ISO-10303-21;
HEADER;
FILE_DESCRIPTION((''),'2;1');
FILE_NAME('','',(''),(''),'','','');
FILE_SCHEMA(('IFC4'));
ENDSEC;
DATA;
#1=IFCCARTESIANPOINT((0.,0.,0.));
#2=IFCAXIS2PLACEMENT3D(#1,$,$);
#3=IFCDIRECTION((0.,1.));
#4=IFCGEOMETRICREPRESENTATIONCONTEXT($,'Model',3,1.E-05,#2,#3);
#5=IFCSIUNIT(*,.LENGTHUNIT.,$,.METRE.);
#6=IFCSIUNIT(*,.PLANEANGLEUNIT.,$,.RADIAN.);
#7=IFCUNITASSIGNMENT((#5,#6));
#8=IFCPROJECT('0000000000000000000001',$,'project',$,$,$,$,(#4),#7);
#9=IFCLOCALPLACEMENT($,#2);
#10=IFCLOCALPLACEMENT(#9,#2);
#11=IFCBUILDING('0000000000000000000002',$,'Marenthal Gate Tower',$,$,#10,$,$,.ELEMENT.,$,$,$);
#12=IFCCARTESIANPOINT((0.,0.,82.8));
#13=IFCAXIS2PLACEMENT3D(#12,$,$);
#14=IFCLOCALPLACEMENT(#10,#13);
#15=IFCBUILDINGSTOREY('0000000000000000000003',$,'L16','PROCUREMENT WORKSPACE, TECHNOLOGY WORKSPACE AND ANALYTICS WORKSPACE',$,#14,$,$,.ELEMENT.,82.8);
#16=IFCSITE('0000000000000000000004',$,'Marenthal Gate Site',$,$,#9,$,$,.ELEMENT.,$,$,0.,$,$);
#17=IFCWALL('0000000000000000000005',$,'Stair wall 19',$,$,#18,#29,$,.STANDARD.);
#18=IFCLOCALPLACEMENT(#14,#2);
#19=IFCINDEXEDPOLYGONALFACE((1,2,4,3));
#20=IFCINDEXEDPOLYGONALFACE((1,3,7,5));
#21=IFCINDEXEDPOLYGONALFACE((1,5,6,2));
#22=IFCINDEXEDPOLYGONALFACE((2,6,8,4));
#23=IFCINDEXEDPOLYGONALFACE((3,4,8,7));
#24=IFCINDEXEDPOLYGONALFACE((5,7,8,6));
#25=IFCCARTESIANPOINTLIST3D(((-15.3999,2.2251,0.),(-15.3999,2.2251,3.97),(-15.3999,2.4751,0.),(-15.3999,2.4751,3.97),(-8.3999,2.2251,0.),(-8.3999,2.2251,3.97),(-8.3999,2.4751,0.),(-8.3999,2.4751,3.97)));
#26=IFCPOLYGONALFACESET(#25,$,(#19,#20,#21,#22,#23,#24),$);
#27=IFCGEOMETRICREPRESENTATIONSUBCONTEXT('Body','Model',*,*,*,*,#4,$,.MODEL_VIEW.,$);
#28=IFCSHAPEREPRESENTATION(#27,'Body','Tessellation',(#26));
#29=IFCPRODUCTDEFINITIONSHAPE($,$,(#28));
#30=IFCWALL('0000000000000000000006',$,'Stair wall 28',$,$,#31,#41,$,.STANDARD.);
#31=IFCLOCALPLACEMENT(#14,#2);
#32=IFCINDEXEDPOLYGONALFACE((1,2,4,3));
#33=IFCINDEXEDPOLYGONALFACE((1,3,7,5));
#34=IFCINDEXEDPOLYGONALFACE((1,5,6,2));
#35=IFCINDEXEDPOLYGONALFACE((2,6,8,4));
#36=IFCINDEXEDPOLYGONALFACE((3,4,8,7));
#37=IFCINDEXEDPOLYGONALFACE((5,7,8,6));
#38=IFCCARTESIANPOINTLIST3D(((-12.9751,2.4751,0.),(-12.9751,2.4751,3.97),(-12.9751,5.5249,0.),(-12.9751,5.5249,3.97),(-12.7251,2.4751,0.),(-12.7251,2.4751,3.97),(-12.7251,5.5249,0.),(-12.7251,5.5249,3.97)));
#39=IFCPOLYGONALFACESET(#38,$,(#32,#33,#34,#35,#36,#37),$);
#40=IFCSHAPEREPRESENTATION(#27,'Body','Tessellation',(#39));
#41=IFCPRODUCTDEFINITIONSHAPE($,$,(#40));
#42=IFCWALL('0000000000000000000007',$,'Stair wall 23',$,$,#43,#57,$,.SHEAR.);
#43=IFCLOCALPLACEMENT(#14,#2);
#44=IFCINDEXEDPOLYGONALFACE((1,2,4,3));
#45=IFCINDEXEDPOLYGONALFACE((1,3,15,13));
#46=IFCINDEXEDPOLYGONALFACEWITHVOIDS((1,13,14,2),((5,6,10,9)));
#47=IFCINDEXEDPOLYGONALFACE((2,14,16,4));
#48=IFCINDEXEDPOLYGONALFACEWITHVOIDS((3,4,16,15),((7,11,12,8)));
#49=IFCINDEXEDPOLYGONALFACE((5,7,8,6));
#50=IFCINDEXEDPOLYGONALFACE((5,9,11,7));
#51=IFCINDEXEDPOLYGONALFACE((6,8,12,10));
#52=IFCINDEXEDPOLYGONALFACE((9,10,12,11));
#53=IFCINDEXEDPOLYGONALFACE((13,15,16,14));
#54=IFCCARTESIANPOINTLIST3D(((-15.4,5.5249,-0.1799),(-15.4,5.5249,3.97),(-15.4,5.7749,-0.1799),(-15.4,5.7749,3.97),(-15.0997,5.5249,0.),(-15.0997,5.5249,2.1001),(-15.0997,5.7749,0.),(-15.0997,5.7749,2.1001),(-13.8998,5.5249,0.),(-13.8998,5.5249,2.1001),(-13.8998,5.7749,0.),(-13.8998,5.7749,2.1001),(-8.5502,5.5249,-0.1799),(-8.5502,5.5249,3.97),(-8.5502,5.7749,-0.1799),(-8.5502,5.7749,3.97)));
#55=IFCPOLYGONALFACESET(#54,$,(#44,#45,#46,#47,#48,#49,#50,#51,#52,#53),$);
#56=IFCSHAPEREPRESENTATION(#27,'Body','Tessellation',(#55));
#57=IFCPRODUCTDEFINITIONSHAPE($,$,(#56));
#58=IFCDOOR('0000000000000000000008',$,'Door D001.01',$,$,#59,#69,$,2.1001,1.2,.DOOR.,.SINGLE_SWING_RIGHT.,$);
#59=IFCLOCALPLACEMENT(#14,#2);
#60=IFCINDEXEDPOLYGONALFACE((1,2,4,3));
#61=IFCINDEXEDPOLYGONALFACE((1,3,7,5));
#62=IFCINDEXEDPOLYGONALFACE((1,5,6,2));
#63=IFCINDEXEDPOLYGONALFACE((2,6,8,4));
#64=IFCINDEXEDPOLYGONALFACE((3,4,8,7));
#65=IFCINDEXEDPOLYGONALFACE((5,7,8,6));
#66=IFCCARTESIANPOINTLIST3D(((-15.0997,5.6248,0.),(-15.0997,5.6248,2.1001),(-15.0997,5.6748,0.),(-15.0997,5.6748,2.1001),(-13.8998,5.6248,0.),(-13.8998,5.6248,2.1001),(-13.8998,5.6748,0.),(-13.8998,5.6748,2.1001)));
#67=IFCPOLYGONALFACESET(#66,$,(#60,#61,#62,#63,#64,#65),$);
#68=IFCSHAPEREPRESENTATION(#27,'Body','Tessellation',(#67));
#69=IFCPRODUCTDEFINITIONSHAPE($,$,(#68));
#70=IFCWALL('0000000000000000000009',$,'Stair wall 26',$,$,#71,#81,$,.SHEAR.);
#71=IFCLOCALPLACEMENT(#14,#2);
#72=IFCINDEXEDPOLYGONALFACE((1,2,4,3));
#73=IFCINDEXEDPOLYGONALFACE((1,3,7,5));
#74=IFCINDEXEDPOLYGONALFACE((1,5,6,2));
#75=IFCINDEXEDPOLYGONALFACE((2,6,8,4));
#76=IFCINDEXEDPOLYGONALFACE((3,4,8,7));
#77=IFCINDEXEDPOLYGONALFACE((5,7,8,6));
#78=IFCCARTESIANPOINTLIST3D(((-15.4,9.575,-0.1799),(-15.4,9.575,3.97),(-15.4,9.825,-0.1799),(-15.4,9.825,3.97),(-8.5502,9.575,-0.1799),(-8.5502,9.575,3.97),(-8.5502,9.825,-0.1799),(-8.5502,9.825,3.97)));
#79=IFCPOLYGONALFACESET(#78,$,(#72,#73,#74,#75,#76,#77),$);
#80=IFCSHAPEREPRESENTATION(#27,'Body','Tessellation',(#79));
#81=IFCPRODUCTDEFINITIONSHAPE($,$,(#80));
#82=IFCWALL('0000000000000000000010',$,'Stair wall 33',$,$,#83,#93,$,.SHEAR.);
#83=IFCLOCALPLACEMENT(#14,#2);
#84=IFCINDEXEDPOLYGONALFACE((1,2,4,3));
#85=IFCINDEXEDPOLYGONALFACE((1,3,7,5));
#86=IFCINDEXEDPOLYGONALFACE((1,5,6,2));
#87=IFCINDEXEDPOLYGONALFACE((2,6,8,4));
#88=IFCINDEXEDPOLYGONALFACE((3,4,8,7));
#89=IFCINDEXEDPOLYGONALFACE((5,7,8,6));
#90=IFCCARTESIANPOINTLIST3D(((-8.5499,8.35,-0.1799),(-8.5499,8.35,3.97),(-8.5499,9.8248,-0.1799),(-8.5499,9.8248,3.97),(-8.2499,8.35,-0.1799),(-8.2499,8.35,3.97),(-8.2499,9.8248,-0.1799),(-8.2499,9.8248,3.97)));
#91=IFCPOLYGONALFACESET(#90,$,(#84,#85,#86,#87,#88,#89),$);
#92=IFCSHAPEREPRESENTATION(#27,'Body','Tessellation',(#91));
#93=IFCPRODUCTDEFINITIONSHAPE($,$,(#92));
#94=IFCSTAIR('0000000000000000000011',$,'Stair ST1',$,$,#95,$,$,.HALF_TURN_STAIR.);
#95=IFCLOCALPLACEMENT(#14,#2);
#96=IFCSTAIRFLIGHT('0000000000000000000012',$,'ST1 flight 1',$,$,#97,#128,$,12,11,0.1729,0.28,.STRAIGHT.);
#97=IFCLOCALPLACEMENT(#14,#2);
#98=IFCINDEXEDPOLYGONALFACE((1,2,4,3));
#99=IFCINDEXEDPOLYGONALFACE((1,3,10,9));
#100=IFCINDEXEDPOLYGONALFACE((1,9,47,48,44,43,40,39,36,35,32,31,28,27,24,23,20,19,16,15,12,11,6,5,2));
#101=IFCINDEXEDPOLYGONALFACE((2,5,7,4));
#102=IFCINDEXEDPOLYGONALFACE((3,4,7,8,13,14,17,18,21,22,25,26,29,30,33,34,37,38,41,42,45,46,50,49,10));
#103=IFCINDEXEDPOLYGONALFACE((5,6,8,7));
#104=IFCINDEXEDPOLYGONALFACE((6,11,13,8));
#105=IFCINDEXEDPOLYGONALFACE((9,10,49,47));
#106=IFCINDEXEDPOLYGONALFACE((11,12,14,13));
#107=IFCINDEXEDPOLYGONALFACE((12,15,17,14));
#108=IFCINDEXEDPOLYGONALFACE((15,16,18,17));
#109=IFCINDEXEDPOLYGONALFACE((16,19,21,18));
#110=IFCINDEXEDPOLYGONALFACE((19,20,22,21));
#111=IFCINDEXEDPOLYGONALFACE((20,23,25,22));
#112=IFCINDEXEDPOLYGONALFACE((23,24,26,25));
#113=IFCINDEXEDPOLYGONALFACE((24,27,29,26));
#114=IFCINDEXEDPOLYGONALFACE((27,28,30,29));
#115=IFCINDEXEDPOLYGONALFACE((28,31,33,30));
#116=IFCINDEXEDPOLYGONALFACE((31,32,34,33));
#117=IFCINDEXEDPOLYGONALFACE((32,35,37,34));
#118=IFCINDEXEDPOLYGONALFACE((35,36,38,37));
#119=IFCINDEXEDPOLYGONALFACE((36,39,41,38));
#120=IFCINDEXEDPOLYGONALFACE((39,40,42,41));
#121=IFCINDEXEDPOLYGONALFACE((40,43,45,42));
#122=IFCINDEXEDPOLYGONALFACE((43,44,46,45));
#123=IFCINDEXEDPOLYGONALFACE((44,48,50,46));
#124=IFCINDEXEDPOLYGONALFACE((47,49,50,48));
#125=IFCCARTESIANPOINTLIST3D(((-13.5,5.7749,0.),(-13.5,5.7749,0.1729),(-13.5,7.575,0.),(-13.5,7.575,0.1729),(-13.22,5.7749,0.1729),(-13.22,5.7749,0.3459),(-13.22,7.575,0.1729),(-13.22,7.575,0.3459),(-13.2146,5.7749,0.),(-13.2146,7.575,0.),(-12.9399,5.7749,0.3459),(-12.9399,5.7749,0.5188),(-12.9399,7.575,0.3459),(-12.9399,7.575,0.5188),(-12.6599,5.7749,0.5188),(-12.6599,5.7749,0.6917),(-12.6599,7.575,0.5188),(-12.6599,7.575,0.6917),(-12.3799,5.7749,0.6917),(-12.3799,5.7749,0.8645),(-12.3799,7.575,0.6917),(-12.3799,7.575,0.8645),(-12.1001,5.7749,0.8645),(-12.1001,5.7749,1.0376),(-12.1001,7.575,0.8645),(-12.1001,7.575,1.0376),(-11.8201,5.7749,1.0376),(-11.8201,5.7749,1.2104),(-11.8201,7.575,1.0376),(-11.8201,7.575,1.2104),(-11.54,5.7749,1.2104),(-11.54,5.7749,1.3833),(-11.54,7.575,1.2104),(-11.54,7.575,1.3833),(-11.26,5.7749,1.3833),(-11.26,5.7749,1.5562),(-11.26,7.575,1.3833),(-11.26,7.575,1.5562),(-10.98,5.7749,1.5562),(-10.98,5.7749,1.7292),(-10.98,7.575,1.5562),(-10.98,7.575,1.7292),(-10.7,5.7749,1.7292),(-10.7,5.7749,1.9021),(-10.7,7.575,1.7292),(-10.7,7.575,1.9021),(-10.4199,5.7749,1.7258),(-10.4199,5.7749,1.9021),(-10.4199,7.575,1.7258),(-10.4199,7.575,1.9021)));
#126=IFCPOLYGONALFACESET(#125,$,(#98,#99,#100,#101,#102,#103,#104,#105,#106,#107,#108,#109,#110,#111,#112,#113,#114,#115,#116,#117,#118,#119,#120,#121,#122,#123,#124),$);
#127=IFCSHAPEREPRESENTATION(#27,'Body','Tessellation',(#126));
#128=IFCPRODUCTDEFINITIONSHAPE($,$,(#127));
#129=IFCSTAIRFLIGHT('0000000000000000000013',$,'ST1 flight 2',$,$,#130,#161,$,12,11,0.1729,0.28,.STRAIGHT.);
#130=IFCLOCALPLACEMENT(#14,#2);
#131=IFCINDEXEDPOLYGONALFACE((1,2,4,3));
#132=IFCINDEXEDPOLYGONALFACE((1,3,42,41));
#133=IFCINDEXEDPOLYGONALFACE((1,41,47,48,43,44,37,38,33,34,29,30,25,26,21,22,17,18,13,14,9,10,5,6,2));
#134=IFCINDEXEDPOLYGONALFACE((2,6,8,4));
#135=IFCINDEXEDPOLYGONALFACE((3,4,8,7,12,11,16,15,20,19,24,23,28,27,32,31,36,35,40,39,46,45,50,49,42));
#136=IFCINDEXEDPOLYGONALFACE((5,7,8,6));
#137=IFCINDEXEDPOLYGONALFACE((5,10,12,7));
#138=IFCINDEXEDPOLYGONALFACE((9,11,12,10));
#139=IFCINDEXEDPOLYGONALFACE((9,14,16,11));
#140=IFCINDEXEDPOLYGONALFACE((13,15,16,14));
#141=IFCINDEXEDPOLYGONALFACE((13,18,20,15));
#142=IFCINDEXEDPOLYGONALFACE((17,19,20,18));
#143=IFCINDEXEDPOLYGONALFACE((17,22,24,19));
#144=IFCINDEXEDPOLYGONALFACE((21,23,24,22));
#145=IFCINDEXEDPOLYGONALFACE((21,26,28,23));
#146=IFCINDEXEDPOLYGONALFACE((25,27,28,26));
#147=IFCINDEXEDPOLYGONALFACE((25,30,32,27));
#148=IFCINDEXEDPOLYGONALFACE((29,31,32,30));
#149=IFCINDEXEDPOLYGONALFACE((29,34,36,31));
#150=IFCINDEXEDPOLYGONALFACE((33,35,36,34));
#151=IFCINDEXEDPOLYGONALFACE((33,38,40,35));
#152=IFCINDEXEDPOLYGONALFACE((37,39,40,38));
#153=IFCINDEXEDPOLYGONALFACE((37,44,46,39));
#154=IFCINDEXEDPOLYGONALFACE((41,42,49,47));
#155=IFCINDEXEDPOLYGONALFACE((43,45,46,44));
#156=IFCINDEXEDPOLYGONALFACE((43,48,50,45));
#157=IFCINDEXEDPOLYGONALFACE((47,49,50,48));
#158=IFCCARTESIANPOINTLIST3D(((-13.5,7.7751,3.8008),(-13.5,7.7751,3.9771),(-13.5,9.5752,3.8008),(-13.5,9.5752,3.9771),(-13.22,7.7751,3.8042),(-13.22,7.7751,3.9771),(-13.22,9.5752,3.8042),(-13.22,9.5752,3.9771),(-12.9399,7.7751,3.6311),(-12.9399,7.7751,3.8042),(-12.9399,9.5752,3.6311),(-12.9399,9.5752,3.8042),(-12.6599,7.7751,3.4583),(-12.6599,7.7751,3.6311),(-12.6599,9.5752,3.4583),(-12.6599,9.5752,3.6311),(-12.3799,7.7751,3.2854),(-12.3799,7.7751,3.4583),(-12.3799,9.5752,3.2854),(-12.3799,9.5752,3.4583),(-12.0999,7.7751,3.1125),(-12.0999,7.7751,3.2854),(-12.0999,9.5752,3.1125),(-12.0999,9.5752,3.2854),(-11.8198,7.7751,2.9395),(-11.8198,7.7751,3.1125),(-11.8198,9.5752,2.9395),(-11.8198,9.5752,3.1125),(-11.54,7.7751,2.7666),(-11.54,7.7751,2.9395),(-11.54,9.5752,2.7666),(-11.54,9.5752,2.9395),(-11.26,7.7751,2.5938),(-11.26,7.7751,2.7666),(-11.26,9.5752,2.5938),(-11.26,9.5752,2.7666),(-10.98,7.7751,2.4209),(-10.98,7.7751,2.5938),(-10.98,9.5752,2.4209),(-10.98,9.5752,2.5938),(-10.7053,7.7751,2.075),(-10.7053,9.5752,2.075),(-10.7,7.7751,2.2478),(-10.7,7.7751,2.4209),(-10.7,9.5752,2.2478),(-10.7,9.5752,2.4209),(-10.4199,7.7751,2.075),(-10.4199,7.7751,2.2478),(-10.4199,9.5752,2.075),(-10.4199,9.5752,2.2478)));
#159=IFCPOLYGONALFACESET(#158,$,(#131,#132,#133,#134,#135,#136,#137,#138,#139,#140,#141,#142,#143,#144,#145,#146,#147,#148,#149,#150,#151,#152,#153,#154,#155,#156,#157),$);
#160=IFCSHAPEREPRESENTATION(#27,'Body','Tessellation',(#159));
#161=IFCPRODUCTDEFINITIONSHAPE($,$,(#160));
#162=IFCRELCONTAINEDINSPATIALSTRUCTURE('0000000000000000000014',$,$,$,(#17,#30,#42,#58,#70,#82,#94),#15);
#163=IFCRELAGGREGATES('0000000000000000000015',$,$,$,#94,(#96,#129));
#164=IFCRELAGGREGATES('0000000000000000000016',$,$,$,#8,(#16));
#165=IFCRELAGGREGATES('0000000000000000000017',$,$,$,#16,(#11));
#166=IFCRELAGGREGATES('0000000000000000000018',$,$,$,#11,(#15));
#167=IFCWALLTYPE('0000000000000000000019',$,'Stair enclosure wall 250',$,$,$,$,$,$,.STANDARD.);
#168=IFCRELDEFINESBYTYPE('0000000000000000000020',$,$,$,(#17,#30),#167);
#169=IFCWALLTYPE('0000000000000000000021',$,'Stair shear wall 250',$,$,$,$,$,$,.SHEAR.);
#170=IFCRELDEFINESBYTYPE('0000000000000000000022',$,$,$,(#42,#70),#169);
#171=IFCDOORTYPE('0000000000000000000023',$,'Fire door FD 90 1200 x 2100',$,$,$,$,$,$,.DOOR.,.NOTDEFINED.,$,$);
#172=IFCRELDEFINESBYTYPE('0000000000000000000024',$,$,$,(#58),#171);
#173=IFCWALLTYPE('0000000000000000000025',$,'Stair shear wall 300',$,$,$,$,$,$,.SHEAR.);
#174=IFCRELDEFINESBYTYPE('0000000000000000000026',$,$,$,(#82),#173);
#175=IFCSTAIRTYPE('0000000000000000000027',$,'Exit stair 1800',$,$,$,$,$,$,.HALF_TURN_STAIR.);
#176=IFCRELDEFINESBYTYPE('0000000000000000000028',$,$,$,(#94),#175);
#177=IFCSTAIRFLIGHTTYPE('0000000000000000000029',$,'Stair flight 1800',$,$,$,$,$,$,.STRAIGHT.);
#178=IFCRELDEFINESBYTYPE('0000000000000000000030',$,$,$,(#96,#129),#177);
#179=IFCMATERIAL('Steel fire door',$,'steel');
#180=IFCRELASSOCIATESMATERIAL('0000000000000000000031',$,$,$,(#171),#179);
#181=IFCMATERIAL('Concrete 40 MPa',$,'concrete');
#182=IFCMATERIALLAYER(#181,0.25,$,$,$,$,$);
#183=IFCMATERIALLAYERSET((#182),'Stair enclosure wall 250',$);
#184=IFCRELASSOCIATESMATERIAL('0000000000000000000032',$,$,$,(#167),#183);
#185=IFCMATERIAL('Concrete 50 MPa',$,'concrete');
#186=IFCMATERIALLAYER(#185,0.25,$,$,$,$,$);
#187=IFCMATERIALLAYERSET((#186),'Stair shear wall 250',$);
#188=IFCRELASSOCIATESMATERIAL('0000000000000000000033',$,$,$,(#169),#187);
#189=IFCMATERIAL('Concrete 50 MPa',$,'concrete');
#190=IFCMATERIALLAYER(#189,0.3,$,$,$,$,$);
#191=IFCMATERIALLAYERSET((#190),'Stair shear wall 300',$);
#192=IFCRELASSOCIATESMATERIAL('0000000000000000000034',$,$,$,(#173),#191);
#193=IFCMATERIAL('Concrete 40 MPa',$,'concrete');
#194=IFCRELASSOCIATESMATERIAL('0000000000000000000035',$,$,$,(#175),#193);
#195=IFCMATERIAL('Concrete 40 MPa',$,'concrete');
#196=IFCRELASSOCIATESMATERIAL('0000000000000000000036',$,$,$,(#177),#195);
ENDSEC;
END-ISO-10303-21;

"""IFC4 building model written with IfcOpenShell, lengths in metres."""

from ifc_helpers import new_model, si_unit, direction, frame, frame_2d, origin, place, context, subcontext, project, spatial, polyline, rectangle, outline, extrude, material, layer, layer_set, type_object, element, fill, aggregate, save


model = new_model("IFC4")

# Units and contexts
model_context = context("Model", 3, precision=1e-05, world=origin(), true_north=direction((0.0, 1.0)))
body_context = subcontext(model_context, "Body", "Model", "MODEL_VIEW")
ifc_project = project(units=[si_unit("LENGTHUNIT", "METRE"), si_unit("PLANEANGLEUNIT", "RADIAN")], contexts=[model_context])

# Site, building, storey
site_placement = place(None, origin())
site = spatial("IfcSite", under=ifc_project, at=site_placement, Name="Marenthal Gate Site", CompositionType="ELEMENT", RefElevation=0.0)
building_placement = place(site_placement, origin())
building = spatial("IfcBuilding", under=site, at=building_placement, Name="Marenthal Gate Tower", CompositionType="ELEMENT")
storey_placement = place(building_placement, frame((0.0, 0.0, 82.8)))
storey = spatial("IfcBuildingStorey", under=building, at=storey_placement, Name="L16", Description="PROCUREMENT WORKSPACE, TECHNOLOGY WORKSPACE AND ANALYTICS WORKSPACE", CompositionType="ELEMENT", Elevation=82.8)

# Shared definitions
ifc_material_1 = material(Name="Steel fire door", Category="steel")
door_type_1 = type_object("IfcDoorType", Name="Fire door FD 90 1200 x 2100", OperationType="NOTDEFINED", PredefinedType="DOOR", material=ifc_material_1)

# Walls
ifc_material_2 = material(Name="Concrete 40 MPa", Category="concrete")
ifc_layer_1 = layer(ifc_material_2, 0.25)
ifc_layer_set_1 = layer_set([ifc_layer_1], Name="Stair enclosure wall 250")
wall_type_1 = type_object("IfcWallType", Name="Stair enclosure wall 250", PredefinedType="STANDARD", material=ifc_layer_set_1)
wall_1_placement = place(storey_placement, frame((-15.3999, 2.3501, 0.0), z_axis=(0.0, 0.0, 1.0), x_axis=(1.0, 0.0, 0.0)))
element("IfcWall", 1, at=wall_1_placement, inside=storey, type_object=wall_type_1, Name="Stair wall 19", PredefinedType="STANDARD", context=body_context, shape_type="SweptSolid", body=[
    extrude(rectangle(XDim=7.0, YDim=0.25, at=frame_2d((3.5, 0.0))), origin(), (0.0, 0.0, 1.0), 3.97),
])
wall_2_placement = place(storey_placement, frame((-12.8501, 2.4751, 0.0), z_axis=(0.0, 0.0, 1.0), x_axis=(0.0, 1.0, 0.0)))
element("IfcWall", 2, at=wall_2_placement, inside=storey, type_object=wall_type_1, Name="Stair wall 28", PredefinedType="STANDARD", context=body_context, shape_type="SweptSolid", body=[
    extrude(rectangle(XDim=3.0498, YDim=0.25, at=frame_2d((1.5249, 0.0))), origin(), (0.0, 0.0, 1.0), 3.97),
])

# Wall, opening, door
ifc_material_3 = material(Name="Concrete 50 MPa", Category="concrete")
ifc_layer_2 = layer(ifc_material_3, 0.25)
ifc_layer_set_2 = layer_set([ifc_layer_2], Name="Stair shear wall 250")
wall_type_2 = type_object("IfcWallType", Name="Stair shear wall 250", PredefinedType="SHEAR", material=ifc_layer_set_2)
wall_3_placement = place(storey_placement, frame((-15.3999, 5.6499, -0.1799), z_axis=(0.0, 0.0, 1.0), x_axis=(1.0, 0.0, 0.0)))
wall_3 = element("IfcWall", 3, at=wall_3_placement, inside=storey, type_object=wall_type_2, Name="Stair wall 23", PredefinedType="SHEAR", context=body_context, shape_type="SweptSolid", body=[
    extrude(rectangle(XDim=6.8499, YDim=0.25, at=frame_2d((3.4248, 0.0))), origin(), (0.0, 0.0, 1.0), 4.1499),
])
opening_1_placement = place(wall_3_placement, frame((0.3, 0.0, 0.1799)))
opening_1 = element("IfcOpeningElement", 4, at=opening_1_placement, cuts=wall_3, PredefinedType="OPENING", context=body_context, shape_type="SweptSolid", body=[
    extrude(rectangle(XDim=1.2, YDim=2.1001, at=frame_2d((0.6001, 1.05))), frame((0.0, 0.135, 0.0), z_axis=(0.0, -1.0, 0.0), x_axis=(1.0, 0.0, 0.0)), (0.0, 0.0, 1.0), 0.27),
])
door_1_placement = place(opening_1_placement, origin())
door_1 = element("IfcDoor", 5, at=door_1_placement, inside=storey, type_object=door_type_1, Name="Door D001.01", OperationType="SINGLE_SWING_RIGHT", OverallHeight=2.1001, OverallWidth=1.2, PredefinedType="DOOR", context=body_context, shape_type="SweptSolid", body=[
    extrude(rectangle(XDim=1.2, YDim=2.1001, at=frame_2d((0.6001, 1.05))), frame((0.0, 0.0249, 0.0), z_axis=(0.0, -1.0, 0.0), x_axis=(1.0, 0.0, 0.0)), (0.0, 0.0, 1.0), 0.05),
])
fill(opening_1, door_1)

# Walls
wall_4_placement = place(storey_placement, frame((-15.3999, 9.7, -0.1799), z_axis=(0.0, 0.0, 1.0), x_axis=(1.0, 0.0, 0.0)))
element("IfcWall", 6, at=wall_4_placement, inside=storey, type_object=wall_type_2, Name="Stair wall 26", PredefinedType="SHEAR", context=body_context, shape_type="SweptSolid", body=[
    extrude(rectangle(XDim=6.8499, YDim=0.25, at=frame_2d((3.4248, 0.0))), origin(), (0.0, 0.0, 1.0), 4.1499),
])
ifc_material_4 = material(Name="Concrete 50 MPa", Category="concrete")
ifc_layer_3 = layer(ifc_material_4, 0.3)
ifc_layer_set_3 = layer_set([ifc_layer_3], Name="Stair shear wall 300")
wall_type_3 = type_object("IfcWallType", Name="Stair shear wall 300", PredefinedType="SHEAR", material=ifc_layer_set_3)
wall_5_placement = place(storey_placement, frame((-8.3999, 8.3501, -0.1799), z_axis=(0.0, 0.0, 1.0), x_axis=(0.0, 1.0, 0.0)))
element("IfcWall", 7, at=wall_5_placement, inside=storey, type_object=wall_type_3, Name="Stair wall 33", PredefinedType="SHEAR", context=body_context, shape_type="SweptSolid", body=[
    extrude(rectangle(XDim=1.4749, YDim=0.3, at=frame_2d((0.7373, 0.0))), origin(), (0.0, 0.0, 1.0), 4.1499),
])

# Stair, stair flights
ifc_material_5 = material(Name="Concrete 40 MPa", Category="concrete")
stair_type = type_object("IfcStairType", Name="Exit stair 1800", PredefinedType="HALF_TURN_STAIR", material=ifc_material_5)
stair_placement = place(storey_placement, origin())
stair = element("IfcStair", 8, at=stair_placement, inside=storey, type_object=stair_type, Name="Stair ST1", PredefinedType="HALF_TURN_STAIR")
ifc_material_6 = material(Name="Concrete 40 MPa", Category="concrete")
stair_flight_type = type_object("IfcStairFlightType", Name="Stair flight 1800", PredefinedType="STRAIGHT", material=ifc_material_6)
stair_flight_1_placement = place(storey_placement, frame((-13.5, 6.675, 0.0), z_axis=(0.0, 0.0, 1.0), x_axis=(1.0, 0.0, 0.0)))
stair_flight_1 = element("IfcStairFlight", 9, at=stair_flight_1_placement, type_object=stair_flight_type, Name="ST1 flight 1", NumberOfRisers=12, NumberOfTreads=11, PredefinedType="STRAIGHT", RiserHeight=0.1729, TreadLength=0.28, context=body_context, shape_type="SweptSolid", body=[
    extrude(outline(polyline([(0.0, 0.0), (0.0, 0.1729), (0.28, 0.1729), (0.28, 0.3459), (0.5601, 0.3459), (0.5601, 0.5188), (0.8401, 0.5188), (0.8401, 0.6917), (1.1201, 0.6917), (1.1201, 0.8645), (1.3999, 0.8645), (1.3999, 1.0376), (1.6799, 1.0376), (1.6799, 1.2104), (1.96, 1.2104), (1.96, 1.3833), (2.24, 1.3833), (2.24, 1.5562), (2.52, 1.5562), (2.52, 1.7292), (2.8, 1.7292), (2.8, 1.9021), (3.0801, 1.9021), (3.0801, 2.075), (3.0801, 1.7258), (0.2854, 0.0), (0.0, 0.0)])), frame((0.0, 0.8999, 0.0), z_axis=(0.0, -1.0, 0.0), x_axis=(1.0, 0.0, 0.0)), (0.0, 0.0, 1.0), 1.8),
])
stair_flight_2_placement = place(storey_placement, frame((-10.4199, 8.675, 2.075), z_axis=(0.0, 0.0, 1.0), x_axis=(-1.0, 0.0, 0.0)))
stair_flight_2 = element("IfcStairFlight", 10, at=stair_flight_2_placement, type_object=stair_flight_type, Name="ST1 flight 2", NumberOfRisers=12, NumberOfTreads=11, PredefinedType="STRAIGHT", RiserHeight=0.1729, TreadLength=0.28, context=body_context, shape_type="SweptSolid", body=[
    extrude(outline(polyline([(0.0, 0.0), (0.0, 0.1729), (0.28, 0.1729), (0.28, 0.3459), (0.5601, 0.3459), (0.5601, 0.5188), (0.8401, 0.5188), (0.8401, 0.6917), (1.1201, 0.6917), (1.1201, 0.8645), (1.3999, 0.8645), (1.3999, 1.0376), (1.6799, 1.0376), (1.6799, 1.2104), (1.96, 1.2104), (1.96, 1.3833), (2.24, 1.3833), (2.24, 1.5562), (2.52, 1.5562), (2.52, 1.7292), (2.8, 1.7292), (2.8, 1.9021), (3.0801, 1.9021), (3.0801, 2.075), (3.0801, 1.7258), (0.2854, 0.0), (0.0, 0.0)])), frame((0.0, 0.8999, 0.0), z_axis=(0.0, -1.0, 0.0), x_axis=(1.0, 0.0, 0.0)), (0.0, 0.0, 1.0), 1.8),
])
aggregate(stair, [stair_flight_1, stair_flight_2])

save(model, "model.ifc")
